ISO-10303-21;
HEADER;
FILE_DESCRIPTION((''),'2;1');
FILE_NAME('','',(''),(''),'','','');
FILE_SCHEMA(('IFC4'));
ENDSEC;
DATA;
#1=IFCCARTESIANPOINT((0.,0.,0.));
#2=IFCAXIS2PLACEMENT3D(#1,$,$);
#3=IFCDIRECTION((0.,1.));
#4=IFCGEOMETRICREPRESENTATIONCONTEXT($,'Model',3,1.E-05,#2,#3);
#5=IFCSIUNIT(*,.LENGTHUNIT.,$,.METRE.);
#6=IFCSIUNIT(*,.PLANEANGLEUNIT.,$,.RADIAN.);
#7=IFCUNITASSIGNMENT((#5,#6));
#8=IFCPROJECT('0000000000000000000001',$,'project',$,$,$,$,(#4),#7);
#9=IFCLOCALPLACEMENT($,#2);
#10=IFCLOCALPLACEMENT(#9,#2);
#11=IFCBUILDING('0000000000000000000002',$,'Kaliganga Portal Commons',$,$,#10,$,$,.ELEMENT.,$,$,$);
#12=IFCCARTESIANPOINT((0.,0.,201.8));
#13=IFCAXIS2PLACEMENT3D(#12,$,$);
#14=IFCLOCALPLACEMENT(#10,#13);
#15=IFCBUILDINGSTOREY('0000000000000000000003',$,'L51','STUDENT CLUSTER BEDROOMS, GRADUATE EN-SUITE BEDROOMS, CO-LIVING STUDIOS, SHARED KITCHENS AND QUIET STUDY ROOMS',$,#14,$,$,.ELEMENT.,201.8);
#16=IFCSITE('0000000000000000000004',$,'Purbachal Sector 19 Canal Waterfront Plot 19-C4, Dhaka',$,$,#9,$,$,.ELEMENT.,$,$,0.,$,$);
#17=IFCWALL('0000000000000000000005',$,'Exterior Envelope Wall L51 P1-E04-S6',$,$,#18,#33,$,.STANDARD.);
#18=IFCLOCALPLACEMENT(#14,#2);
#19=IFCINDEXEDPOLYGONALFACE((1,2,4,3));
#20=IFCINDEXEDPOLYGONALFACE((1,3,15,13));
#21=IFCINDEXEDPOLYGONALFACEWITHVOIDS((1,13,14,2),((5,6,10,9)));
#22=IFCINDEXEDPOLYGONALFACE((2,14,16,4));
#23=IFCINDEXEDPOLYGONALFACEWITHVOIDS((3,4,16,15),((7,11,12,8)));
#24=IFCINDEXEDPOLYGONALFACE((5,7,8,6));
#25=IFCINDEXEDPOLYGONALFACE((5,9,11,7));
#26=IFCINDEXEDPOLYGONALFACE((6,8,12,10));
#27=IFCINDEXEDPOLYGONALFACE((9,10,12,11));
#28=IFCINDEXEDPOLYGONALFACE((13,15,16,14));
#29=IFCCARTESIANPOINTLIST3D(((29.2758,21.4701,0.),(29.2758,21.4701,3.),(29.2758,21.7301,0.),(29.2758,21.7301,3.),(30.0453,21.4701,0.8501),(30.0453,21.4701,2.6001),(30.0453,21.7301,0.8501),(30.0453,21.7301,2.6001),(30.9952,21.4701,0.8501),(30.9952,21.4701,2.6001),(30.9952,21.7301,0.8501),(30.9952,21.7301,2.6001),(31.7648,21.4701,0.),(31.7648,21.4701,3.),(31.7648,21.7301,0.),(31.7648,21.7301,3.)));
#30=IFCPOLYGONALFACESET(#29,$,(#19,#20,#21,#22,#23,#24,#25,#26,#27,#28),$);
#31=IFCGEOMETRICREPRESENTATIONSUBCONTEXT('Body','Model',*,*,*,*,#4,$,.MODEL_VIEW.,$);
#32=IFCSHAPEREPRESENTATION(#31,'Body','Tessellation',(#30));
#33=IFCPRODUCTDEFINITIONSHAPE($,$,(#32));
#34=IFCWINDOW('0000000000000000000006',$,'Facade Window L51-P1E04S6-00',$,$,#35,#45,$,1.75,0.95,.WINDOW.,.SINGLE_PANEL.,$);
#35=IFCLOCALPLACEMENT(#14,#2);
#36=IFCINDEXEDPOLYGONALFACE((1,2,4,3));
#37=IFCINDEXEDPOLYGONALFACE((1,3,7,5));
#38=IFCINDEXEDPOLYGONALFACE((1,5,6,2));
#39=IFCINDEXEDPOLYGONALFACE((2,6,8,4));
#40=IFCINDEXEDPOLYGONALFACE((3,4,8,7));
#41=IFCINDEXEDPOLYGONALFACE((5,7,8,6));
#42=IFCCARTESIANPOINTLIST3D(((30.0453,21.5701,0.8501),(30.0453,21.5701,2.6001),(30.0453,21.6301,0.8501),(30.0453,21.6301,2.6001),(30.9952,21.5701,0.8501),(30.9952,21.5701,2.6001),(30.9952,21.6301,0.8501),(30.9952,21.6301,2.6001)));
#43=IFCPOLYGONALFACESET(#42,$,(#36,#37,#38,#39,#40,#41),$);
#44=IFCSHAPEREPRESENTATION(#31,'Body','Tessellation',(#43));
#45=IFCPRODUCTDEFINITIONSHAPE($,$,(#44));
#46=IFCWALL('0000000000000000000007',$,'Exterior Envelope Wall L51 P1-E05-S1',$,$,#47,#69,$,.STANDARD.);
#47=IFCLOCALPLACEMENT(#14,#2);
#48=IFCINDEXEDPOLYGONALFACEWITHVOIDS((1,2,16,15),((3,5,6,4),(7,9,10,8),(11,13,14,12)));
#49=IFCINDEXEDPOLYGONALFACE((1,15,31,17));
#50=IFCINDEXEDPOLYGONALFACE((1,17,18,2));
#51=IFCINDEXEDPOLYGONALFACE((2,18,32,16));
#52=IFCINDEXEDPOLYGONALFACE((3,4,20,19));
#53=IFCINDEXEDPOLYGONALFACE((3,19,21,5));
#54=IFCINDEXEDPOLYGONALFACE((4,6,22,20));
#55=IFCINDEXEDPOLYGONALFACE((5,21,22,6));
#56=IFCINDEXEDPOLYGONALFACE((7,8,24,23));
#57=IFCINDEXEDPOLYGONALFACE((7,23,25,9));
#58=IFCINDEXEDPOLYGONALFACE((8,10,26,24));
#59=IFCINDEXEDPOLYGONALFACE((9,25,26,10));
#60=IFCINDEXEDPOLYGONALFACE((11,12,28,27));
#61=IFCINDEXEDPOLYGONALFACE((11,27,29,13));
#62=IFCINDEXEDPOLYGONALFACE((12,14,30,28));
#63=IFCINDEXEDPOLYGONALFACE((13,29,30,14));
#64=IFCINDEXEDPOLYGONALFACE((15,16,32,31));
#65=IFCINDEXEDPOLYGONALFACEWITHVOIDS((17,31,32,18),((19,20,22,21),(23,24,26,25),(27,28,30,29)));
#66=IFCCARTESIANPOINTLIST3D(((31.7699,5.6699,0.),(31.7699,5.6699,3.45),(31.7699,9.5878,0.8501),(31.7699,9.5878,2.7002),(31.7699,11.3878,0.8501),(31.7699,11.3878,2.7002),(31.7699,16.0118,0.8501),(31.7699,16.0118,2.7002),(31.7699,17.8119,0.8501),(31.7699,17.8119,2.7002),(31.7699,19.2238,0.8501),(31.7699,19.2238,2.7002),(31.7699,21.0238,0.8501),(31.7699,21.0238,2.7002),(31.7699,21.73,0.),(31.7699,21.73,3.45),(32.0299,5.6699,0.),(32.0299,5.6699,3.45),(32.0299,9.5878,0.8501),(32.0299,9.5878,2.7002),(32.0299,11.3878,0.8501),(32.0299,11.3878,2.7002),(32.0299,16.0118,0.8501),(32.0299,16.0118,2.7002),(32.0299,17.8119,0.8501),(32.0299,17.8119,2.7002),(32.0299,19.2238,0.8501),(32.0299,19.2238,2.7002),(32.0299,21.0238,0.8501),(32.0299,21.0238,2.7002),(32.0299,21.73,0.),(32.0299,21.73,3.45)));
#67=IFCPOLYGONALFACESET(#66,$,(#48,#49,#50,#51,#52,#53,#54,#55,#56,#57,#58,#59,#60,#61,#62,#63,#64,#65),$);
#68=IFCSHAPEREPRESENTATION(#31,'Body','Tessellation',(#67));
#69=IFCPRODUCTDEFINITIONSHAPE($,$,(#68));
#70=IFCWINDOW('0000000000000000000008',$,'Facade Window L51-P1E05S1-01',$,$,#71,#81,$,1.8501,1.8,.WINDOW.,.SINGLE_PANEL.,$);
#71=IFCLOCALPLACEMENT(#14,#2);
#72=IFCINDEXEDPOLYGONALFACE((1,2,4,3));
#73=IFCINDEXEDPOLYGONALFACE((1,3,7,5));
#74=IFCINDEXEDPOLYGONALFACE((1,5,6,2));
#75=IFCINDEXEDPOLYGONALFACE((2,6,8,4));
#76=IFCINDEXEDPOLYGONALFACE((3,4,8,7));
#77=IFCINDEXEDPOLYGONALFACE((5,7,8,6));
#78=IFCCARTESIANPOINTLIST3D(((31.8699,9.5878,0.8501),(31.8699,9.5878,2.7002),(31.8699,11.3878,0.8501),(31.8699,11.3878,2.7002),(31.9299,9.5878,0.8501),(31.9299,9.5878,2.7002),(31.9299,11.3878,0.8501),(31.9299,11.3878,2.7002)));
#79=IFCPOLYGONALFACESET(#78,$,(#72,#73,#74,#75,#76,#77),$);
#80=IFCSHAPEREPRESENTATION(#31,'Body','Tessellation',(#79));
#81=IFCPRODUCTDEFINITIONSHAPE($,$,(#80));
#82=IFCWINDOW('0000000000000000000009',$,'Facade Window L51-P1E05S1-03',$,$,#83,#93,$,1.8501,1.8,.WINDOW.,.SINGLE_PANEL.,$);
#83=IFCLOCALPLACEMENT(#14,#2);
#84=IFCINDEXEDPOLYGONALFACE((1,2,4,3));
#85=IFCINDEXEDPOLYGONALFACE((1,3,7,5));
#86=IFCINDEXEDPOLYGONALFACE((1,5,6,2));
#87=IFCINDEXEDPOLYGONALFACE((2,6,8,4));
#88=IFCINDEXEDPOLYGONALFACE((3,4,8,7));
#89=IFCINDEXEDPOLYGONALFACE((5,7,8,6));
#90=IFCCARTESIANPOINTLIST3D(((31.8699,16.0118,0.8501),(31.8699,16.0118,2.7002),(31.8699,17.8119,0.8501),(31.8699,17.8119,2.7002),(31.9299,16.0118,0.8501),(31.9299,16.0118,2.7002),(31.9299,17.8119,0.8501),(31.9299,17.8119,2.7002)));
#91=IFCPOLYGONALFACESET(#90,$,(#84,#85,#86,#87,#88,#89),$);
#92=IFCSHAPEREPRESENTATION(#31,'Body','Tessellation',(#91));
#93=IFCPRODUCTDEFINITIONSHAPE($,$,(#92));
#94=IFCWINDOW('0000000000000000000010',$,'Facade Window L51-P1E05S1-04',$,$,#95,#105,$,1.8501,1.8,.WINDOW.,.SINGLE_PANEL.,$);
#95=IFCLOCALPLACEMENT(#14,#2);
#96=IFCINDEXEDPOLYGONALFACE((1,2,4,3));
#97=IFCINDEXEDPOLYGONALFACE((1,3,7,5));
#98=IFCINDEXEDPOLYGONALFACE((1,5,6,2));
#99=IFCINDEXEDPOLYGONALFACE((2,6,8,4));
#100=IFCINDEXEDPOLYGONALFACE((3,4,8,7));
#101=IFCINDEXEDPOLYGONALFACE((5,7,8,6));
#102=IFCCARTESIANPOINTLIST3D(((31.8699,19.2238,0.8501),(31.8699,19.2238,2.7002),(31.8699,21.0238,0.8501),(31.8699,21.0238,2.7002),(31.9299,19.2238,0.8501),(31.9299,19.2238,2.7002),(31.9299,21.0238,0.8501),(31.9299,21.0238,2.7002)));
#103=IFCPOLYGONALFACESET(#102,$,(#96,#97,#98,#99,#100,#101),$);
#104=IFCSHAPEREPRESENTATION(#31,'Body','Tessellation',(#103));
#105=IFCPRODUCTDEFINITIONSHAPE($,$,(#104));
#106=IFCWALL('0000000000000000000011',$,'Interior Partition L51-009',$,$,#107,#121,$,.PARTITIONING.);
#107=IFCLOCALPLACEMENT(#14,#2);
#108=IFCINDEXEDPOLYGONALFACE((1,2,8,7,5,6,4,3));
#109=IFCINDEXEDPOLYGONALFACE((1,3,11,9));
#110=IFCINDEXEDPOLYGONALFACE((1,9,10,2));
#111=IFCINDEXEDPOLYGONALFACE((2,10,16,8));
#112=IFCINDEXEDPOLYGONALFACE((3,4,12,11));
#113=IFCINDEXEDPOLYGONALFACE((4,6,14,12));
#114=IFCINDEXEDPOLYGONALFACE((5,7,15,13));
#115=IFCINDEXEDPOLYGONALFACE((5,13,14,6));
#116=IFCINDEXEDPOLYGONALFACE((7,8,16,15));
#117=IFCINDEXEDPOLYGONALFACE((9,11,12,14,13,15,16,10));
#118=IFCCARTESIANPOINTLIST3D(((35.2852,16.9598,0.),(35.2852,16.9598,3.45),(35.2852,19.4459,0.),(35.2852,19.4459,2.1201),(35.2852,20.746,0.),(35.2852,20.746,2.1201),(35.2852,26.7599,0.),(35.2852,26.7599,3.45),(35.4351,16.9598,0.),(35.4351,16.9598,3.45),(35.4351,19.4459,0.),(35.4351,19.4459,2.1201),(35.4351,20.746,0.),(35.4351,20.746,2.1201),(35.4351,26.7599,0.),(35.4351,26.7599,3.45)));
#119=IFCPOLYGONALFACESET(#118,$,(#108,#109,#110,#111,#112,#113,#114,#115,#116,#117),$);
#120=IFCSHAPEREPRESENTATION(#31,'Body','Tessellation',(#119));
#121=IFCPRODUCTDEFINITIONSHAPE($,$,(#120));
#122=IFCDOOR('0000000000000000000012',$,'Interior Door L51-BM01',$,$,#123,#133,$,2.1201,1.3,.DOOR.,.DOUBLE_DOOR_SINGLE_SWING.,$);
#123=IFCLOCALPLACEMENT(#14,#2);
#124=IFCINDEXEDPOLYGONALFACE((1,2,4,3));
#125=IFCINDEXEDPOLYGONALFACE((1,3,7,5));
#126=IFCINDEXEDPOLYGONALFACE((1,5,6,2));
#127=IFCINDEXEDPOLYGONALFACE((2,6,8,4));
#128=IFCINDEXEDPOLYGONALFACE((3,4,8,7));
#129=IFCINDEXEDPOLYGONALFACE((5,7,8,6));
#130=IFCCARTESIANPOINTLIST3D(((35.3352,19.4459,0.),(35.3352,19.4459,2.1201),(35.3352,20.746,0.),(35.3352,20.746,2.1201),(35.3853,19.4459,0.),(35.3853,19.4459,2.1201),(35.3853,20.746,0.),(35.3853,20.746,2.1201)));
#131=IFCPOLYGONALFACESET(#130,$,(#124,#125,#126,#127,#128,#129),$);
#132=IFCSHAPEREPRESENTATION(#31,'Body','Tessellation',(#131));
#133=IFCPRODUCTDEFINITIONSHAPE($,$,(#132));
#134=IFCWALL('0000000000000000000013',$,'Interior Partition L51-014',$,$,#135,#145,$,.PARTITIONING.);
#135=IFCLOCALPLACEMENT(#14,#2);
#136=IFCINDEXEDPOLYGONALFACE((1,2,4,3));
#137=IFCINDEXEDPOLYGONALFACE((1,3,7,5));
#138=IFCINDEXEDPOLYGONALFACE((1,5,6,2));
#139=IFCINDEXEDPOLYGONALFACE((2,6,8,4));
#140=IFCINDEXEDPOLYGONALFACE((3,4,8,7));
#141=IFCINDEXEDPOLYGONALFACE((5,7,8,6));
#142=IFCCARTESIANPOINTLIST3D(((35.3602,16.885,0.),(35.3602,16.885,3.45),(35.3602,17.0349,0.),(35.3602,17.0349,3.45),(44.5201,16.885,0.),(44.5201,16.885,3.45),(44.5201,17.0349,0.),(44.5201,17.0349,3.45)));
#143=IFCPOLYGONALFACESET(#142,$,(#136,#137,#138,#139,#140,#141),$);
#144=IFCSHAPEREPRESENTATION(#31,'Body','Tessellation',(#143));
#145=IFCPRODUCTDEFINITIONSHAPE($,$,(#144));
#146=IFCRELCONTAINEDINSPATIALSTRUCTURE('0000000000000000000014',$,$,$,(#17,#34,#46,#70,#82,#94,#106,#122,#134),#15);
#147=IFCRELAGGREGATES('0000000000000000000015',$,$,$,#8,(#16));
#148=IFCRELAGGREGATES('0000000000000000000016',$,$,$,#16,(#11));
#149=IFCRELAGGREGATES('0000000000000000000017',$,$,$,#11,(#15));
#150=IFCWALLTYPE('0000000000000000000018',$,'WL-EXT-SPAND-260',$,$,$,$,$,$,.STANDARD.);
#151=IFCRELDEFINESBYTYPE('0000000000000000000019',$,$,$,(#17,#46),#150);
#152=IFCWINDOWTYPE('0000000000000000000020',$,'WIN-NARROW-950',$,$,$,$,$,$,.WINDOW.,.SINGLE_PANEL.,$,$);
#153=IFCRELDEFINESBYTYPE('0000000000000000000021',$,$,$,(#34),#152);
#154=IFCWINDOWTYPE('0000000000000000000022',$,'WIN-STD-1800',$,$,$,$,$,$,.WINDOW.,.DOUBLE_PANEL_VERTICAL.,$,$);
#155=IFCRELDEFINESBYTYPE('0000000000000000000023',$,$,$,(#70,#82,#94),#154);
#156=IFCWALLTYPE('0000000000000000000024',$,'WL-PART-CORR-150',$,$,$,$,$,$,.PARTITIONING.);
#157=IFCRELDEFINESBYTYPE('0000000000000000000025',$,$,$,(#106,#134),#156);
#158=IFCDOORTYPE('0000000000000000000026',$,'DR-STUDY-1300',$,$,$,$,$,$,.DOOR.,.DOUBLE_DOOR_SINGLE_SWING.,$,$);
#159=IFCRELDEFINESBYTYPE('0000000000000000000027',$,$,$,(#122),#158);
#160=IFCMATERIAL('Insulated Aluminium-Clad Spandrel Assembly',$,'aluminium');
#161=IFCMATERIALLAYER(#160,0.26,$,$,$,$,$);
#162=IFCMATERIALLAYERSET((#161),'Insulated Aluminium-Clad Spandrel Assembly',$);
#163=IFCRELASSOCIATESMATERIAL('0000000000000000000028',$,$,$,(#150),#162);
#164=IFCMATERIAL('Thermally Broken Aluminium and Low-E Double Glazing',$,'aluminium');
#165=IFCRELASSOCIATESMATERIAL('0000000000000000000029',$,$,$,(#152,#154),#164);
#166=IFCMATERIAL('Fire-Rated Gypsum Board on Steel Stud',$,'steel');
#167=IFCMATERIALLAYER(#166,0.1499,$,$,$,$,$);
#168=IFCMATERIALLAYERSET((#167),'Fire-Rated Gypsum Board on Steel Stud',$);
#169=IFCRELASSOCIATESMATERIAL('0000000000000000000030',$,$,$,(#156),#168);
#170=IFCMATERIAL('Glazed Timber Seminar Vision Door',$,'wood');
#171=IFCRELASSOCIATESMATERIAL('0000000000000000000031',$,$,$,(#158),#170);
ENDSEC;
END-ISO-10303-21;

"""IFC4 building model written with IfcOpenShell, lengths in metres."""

from ifc_helpers import new_model, si_unit, direction, frame, frame_2d, origin, place, context, subcontext, project, spatial, rectangle, extrude, material, layer, layer_set, type_object, element, fill, save


model = new_model("IFC4")

# Units and contexts
model_context = context("Model", 3, precision=1e-05, world=origin(), true_north=direction((0.0, 1.0)))
body_context = subcontext(model_context, "Body", "Model", "MODEL_VIEW")
ifc_project = project(units=[si_unit("LENGTHUNIT", "METRE"), si_unit("PLANEANGLEUNIT", "RADIAN")], contexts=[model_context])

# Site, building, storey
site_placement = place(None, origin())
site = spatial("IfcSite", under=ifc_project, at=site_placement, Name="Purbachal Sector 19 Canal Waterfront Plot 19-C4, Dhaka", CompositionType="ELEMENT", RefElevation=0.0)
building_placement = place(site_placement, origin())
building = spatial("IfcBuilding", under=site, at=building_placement, Name="Kaliganga Portal Commons", CompositionType="ELEMENT")
storey_placement = place(building_placement, frame((0.0, 0.0, 201.8)))
storey = spatial("IfcBuildingStorey", under=building, at=storey_placement, Name="L51", Description="STUDENT CLUSTER BEDROOMS, GRADUATE EN-SUITE BEDROOMS, CO-LIVING STUDIOS, SHARED KITCHENS AND QUIET STUDY ROOMS", CompositionType="ELEMENT", Elevation=201.8)

# Wall, opening, window
ifc_material_1 = material(Name="Insulated Aluminium-Clad Spandrel Assembly", Category="aluminium")
ifc_layer_1 = layer(ifc_material_1, 0.26)
ifc_layer_set_1 = layer_set([ifc_layer_1], Name="Insulated Aluminium-Clad Spandrel Assembly")
wall_type_1 = type_object("IfcWallType", Name="WL-EXT-SPAND-260", PredefinedType="STANDARD", material=ifc_layer_set_1)
wall_1_placement = place(storey_placement, frame((31.7649, 21.6001, 0.0), z_axis=(0.0, 0.0, 1.0), x_axis=(-1.0, 0.0, 0.0)))
wall_1 = element("IfcWall", 1, at=wall_1_placement, inside=storey, type_object=wall_type_1, Name="Exterior Envelope Wall L51 P1-E04-S6", PredefinedType="STANDARD", context=body_context, shape_type="SweptSolid", body=[
    extrude(rectangle(XDim=2.489, YDim=0.26, at=frame_2d((1.2446, 0.0))), origin(), (0.0, 0.0, 1.0), 3.0),
])
opening_1_placement = place(wall_1_placement, frame((0.7695, 0.0, 0.8501)))
opening_1 = element("IfcOpeningElement", 2, at=opening_1_placement, cuts=wall_1, PredefinedType="OPENING", context=body_context, shape_type="SweptSolid", body=[
    extrude(rectangle(XDim=0.95, YDim=1.75, at=frame_2d((0.4751, 0.875))), frame((0.0, 0.1401, 0.0), z_axis=(0.0, -1.0, 0.0), x_axis=(1.0, 0.0, 0.0)), (0.0, 0.0, 1.0), 0.28),
])
ifc_material_2 = material(Name="Thermally Broken Aluminium and Low-E Double Glazing", Category="aluminium")
window_type_1 = type_object("IfcWindowType", Name="WIN-NARROW-950", PartitioningType="SINGLE_PANEL", PredefinedType="WINDOW", material=ifc_material_2)
window_1_placement = place(opening_1_placement, origin())
window_1 = element("IfcWindow", 3, at=window_1_placement, inside=storey, type_object=window_type_1, Name="Facade Window L51-P1E04S6-00", OverallHeight=1.75, OverallWidth=0.95, PartitioningType="SINGLE_PANEL", PredefinedType="WINDOW", context=body_context, shape_type="SweptSolid", body=[
    extrude(rectangle(XDim=0.95, YDim=1.75, at=frame_2d((0.4751, 0.875))), frame((0.0, 0.03, 0.0), z_axis=(0.0, -1.0, 0.0), x_axis=(1.0, 0.0, 0.0)), (0.0, 0.0, 1.0), 0.0601),
])
fill(opening_1, window_1)

# Wall, openings, windows
wall_2_placement = place(storey_placement, frame((31.8999, 5.6699, 0.0), z_axis=(0.0, 0.0, 1.0), x_axis=(0.0, 1.0, 0.0)))
wall_2 = element("IfcWall", 4, at=wall_2_placement, inside=storey, type_object=wall_type_1, Name="Exterior Envelope Wall L51 P1-E05-S1", PredefinedType="STANDARD", context=body_context, shape_type="SweptSolid", body=[
    extrude(rectangle(XDim=16.0601, YDim=0.26, at=frame_2d((8.03, 0.0))), origin(), (0.0, 0.0, 1.0), 3.45),
])
opening_2_placement = place(wall_2_placement, frame((3.918, 0.0, 0.8501)))
opening_2 = element("IfcOpeningElement", 5, at=opening_2_placement, cuts=wall_2, PredefinedType="OPENING", context=body_context, shape_type="SweptSolid", body=[
    extrude(rectangle(XDim=1.8, YDim=1.8501, at=frame_2d((0.8999, 0.925))), frame((0.0, 0.1401, 0.0), z_axis=(0.0, -1.0, 0.0), x_axis=(1.0, 0.0, 0.0)), (0.0, 0.0, 1.0), 0.28),
])
opening_3_placement = place(wall_2_placement, frame((10.342, 0.0, 0.8501)))
opening_3 = element("IfcOpeningElement", 6, at=opening_3_placement, cuts=wall_2, PredefinedType="OPENING", context=body_context, shape_type="SweptSolid", body=[
    extrude(rectangle(XDim=1.8, YDim=1.8501, at=frame_2d((0.8999, 0.925))), frame((0.0, 0.1401, 0.0), z_axis=(0.0, -1.0, 0.0), x_axis=(1.0, 0.0, 0.0)), (0.0, 0.0, 1.0), 0.28),
])
opening_4_placement = place(wall_2_placement, frame((13.554, 0.0, 0.8501)))
opening_4 = element("IfcOpeningElement", 7, at=opening_4_placement, cuts=wall_2, PredefinedType="OPENING", context=body_context, shape_type="SweptSolid", body=[
    extrude(rectangle(XDim=1.8, YDim=1.8501, at=frame_2d((0.8999, 0.925))), frame((0.0, 0.1401, 0.0), z_axis=(0.0, -1.0, 0.0), x_axis=(1.0, 0.0, 0.0)), (0.0, 0.0, 1.0), 0.28),
])
window_type_2 = type_object("IfcWindowType", Name="WIN-STD-1800", PartitioningType="DOUBLE_PANEL_VERTICAL", PredefinedType="WINDOW", material=ifc_material_2)
window_2_placement = place(opening_2_placement, origin())
window_2 = element("IfcWindow", 8, at=window_2_placement, inside=storey, type_object=window_type_2, Name="Facade Window L51-P1E05S1-01", OverallHeight=1.8501, OverallWidth=1.8, PartitioningType="SINGLE_PANEL", PredefinedType="WINDOW", context=body_context, shape_type="SweptSolid", body=[
    extrude(rectangle(XDim=1.8, YDim=1.8501, at=frame_2d((0.8999, 0.925))), frame((0.0, 0.03, 0.0), z_axis=(0.0, -1.0, 0.0), x_axis=(1.0, 0.0, 0.0)), (0.0, 0.0, 1.0), 0.0601),
])
fill(opening_2, window_2)
window_3_placement = place(opening_3_placement, origin())
window_3 = element("IfcWindow", 9, at=window_3_placement, inside=storey, type_object=window_type_2, Name="Facade Window L51-P1E05S1-03", OverallHeight=1.8501, OverallWidth=1.8, PartitioningType="SINGLE_PANEL", PredefinedType="WINDOW", context=body_context, shape_type="SweptSolid", body=[
    extrude(rectangle(XDim=1.8, YDim=1.8501, at=frame_2d((0.8999, 0.925))), frame((0.0, 0.03, 0.0), z_axis=(0.0, -1.0, 0.0), x_axis=(1.0, 0.0, 0.0)), (0.0, 0.0, 1.0), 0.0601),
])
fill(opening_3, window_3)
window_4_placement = place(opening_4_placement, origin())
window_4 = element("IfcWindow", 10, at=window_4_placement, inside=storey, type_object=window_type_2, Name="Facade Window L51-P1E05S1-04", OverallHeight=1.8501, OverallWidth=1.8, PartitioningType="SINGLE_PANEL", PredefinedType="WINDOW", context=body_context, shape_type="SweptSolid", body=[
    extrude(rectangle(XDim=1.8, YDim=1.8501, at=frame_2d((0.8999, 0.925))), frame((0.0, 0.03, 0.0), z_axis=(0.0, -1.0, 0.0), x_axis=(1.0, 0.0, 0.0)), (0.0, 0.0, 1.0), 0.0601),
])
fill(opening_4, window_4)

# Wall, opening, door
ifc_material_3 = material(Name="Fire-Rated Gypsum Board on Steel Stud", Category="steel")
ifc_layer_2 = layer(ifc_material_3, 0.1499)
ifc_layer_set_2 = layer_set([ifc_layer_2], Name="Fire-Rated Gypsum Board on Steel Stud")
wall_type_2 = type_object("IfcWallType", Name="WL-PART-CORR-150", PredefinedType="PARTITIONING", material=ifc_layer_set_2)
wall_3_placement = place(storey_placement, frame((35.3601, 16.96, 0.0), z_axis=(0.0, 0.0, 1.0), x_axis=(0.0, 1.0, 0.0)))
wall_3 = element("IfcWall", 11, at=wall_3_placement, inside=storey, type_object=wall_type_2, Name="Interior Partition L51-009", PredefinedType="PARTITIONING", context=body_context, shape_type="SweptSolid", body=[
    extrude(rectangle(XDim=9.8, YDim=0.1499, at=frame_2d((4.8999, 0.0))), origin(), (0.0, 0.0, 1.0), 3.45),
])
opening_5_placement = place(wall_3_placement, frame((2.4861, 0.0, 0.0)))
opening_5 = element("IfcOpeningElement", 12, at=opening_5_placement, cuts=wall_3, PredefinedType="OPENING", context=body_context, shape_type="SweptSolid", body=[
    extrude(rectangle(XDim=1.3, YDim=2.1201, at=frame_2d((0.6499, 1.0601))), frame((0.0, 0.085, 0.0), z_axis=(0.0, -1.0, 0.0), x_axis=(1.0, 0.0, 0.0)), (0.0, 0.0, 1.0), 0.1699),
])
ifc_material_4 = material(Name="Glazed Timber Seminar Vision Door", Category="wood")
door_type = type_object("IfcDoorType", Name="DR-STUDY-1300", OperationType="DOUBLE_DOOR_SINGLE_SWING", PredefinedType="DOOR", material=ifc_material_4)
door_1_placement = place(opening_5_placement, origin())
door_1 = element("IfcDoor", 13, at=door_1_placement, inside=storey, type_object=door_type, Name="Interior Door L51-BM01", OperationType="DOUBLE_DOOR_SINGLE_SWING", OverallHeight=2.1201, OverallWidth=1.3, PredefinedType="DOOR", context=body_context, shape_type="SweptSolid", body=[
    extrude(rectangle(XDim=1.3, YDim=2.1201, at=frame_2d((0.6499, 1.0601))), frame((0.0, 0.0249, 0.0), z_axis=(0.0, -1.0, 0.0), x_axis=(1.0, 0.0, 0.0)), (0.0, 0.0, 1.0), 0.05),
])
fill(opening_5, door_1)

# Wall
wall_4_placement = place(storey_placement, frame((35.3601, 16.96, 0.0), z_axis=(0.0, 0.0, 1.0), x_axis=(1.0, 0.0, 0.0)))
element("IfcWall", 14, at=wall_4_placement, inside=storey, type_object=wall_type_2, Name="Interior Partition L51-014", PredefinedType="PARTITIONING", context=body_context, shape_type="SweptSolid", body=[
    extrude(rectangle(XDim=9.1599, YDim=0.1499, at=frame_2d((4.5801, 0.0))), origin(), (0.0, 0.0, 1.0), 3.45),
])

save(model, "model.ifc")
